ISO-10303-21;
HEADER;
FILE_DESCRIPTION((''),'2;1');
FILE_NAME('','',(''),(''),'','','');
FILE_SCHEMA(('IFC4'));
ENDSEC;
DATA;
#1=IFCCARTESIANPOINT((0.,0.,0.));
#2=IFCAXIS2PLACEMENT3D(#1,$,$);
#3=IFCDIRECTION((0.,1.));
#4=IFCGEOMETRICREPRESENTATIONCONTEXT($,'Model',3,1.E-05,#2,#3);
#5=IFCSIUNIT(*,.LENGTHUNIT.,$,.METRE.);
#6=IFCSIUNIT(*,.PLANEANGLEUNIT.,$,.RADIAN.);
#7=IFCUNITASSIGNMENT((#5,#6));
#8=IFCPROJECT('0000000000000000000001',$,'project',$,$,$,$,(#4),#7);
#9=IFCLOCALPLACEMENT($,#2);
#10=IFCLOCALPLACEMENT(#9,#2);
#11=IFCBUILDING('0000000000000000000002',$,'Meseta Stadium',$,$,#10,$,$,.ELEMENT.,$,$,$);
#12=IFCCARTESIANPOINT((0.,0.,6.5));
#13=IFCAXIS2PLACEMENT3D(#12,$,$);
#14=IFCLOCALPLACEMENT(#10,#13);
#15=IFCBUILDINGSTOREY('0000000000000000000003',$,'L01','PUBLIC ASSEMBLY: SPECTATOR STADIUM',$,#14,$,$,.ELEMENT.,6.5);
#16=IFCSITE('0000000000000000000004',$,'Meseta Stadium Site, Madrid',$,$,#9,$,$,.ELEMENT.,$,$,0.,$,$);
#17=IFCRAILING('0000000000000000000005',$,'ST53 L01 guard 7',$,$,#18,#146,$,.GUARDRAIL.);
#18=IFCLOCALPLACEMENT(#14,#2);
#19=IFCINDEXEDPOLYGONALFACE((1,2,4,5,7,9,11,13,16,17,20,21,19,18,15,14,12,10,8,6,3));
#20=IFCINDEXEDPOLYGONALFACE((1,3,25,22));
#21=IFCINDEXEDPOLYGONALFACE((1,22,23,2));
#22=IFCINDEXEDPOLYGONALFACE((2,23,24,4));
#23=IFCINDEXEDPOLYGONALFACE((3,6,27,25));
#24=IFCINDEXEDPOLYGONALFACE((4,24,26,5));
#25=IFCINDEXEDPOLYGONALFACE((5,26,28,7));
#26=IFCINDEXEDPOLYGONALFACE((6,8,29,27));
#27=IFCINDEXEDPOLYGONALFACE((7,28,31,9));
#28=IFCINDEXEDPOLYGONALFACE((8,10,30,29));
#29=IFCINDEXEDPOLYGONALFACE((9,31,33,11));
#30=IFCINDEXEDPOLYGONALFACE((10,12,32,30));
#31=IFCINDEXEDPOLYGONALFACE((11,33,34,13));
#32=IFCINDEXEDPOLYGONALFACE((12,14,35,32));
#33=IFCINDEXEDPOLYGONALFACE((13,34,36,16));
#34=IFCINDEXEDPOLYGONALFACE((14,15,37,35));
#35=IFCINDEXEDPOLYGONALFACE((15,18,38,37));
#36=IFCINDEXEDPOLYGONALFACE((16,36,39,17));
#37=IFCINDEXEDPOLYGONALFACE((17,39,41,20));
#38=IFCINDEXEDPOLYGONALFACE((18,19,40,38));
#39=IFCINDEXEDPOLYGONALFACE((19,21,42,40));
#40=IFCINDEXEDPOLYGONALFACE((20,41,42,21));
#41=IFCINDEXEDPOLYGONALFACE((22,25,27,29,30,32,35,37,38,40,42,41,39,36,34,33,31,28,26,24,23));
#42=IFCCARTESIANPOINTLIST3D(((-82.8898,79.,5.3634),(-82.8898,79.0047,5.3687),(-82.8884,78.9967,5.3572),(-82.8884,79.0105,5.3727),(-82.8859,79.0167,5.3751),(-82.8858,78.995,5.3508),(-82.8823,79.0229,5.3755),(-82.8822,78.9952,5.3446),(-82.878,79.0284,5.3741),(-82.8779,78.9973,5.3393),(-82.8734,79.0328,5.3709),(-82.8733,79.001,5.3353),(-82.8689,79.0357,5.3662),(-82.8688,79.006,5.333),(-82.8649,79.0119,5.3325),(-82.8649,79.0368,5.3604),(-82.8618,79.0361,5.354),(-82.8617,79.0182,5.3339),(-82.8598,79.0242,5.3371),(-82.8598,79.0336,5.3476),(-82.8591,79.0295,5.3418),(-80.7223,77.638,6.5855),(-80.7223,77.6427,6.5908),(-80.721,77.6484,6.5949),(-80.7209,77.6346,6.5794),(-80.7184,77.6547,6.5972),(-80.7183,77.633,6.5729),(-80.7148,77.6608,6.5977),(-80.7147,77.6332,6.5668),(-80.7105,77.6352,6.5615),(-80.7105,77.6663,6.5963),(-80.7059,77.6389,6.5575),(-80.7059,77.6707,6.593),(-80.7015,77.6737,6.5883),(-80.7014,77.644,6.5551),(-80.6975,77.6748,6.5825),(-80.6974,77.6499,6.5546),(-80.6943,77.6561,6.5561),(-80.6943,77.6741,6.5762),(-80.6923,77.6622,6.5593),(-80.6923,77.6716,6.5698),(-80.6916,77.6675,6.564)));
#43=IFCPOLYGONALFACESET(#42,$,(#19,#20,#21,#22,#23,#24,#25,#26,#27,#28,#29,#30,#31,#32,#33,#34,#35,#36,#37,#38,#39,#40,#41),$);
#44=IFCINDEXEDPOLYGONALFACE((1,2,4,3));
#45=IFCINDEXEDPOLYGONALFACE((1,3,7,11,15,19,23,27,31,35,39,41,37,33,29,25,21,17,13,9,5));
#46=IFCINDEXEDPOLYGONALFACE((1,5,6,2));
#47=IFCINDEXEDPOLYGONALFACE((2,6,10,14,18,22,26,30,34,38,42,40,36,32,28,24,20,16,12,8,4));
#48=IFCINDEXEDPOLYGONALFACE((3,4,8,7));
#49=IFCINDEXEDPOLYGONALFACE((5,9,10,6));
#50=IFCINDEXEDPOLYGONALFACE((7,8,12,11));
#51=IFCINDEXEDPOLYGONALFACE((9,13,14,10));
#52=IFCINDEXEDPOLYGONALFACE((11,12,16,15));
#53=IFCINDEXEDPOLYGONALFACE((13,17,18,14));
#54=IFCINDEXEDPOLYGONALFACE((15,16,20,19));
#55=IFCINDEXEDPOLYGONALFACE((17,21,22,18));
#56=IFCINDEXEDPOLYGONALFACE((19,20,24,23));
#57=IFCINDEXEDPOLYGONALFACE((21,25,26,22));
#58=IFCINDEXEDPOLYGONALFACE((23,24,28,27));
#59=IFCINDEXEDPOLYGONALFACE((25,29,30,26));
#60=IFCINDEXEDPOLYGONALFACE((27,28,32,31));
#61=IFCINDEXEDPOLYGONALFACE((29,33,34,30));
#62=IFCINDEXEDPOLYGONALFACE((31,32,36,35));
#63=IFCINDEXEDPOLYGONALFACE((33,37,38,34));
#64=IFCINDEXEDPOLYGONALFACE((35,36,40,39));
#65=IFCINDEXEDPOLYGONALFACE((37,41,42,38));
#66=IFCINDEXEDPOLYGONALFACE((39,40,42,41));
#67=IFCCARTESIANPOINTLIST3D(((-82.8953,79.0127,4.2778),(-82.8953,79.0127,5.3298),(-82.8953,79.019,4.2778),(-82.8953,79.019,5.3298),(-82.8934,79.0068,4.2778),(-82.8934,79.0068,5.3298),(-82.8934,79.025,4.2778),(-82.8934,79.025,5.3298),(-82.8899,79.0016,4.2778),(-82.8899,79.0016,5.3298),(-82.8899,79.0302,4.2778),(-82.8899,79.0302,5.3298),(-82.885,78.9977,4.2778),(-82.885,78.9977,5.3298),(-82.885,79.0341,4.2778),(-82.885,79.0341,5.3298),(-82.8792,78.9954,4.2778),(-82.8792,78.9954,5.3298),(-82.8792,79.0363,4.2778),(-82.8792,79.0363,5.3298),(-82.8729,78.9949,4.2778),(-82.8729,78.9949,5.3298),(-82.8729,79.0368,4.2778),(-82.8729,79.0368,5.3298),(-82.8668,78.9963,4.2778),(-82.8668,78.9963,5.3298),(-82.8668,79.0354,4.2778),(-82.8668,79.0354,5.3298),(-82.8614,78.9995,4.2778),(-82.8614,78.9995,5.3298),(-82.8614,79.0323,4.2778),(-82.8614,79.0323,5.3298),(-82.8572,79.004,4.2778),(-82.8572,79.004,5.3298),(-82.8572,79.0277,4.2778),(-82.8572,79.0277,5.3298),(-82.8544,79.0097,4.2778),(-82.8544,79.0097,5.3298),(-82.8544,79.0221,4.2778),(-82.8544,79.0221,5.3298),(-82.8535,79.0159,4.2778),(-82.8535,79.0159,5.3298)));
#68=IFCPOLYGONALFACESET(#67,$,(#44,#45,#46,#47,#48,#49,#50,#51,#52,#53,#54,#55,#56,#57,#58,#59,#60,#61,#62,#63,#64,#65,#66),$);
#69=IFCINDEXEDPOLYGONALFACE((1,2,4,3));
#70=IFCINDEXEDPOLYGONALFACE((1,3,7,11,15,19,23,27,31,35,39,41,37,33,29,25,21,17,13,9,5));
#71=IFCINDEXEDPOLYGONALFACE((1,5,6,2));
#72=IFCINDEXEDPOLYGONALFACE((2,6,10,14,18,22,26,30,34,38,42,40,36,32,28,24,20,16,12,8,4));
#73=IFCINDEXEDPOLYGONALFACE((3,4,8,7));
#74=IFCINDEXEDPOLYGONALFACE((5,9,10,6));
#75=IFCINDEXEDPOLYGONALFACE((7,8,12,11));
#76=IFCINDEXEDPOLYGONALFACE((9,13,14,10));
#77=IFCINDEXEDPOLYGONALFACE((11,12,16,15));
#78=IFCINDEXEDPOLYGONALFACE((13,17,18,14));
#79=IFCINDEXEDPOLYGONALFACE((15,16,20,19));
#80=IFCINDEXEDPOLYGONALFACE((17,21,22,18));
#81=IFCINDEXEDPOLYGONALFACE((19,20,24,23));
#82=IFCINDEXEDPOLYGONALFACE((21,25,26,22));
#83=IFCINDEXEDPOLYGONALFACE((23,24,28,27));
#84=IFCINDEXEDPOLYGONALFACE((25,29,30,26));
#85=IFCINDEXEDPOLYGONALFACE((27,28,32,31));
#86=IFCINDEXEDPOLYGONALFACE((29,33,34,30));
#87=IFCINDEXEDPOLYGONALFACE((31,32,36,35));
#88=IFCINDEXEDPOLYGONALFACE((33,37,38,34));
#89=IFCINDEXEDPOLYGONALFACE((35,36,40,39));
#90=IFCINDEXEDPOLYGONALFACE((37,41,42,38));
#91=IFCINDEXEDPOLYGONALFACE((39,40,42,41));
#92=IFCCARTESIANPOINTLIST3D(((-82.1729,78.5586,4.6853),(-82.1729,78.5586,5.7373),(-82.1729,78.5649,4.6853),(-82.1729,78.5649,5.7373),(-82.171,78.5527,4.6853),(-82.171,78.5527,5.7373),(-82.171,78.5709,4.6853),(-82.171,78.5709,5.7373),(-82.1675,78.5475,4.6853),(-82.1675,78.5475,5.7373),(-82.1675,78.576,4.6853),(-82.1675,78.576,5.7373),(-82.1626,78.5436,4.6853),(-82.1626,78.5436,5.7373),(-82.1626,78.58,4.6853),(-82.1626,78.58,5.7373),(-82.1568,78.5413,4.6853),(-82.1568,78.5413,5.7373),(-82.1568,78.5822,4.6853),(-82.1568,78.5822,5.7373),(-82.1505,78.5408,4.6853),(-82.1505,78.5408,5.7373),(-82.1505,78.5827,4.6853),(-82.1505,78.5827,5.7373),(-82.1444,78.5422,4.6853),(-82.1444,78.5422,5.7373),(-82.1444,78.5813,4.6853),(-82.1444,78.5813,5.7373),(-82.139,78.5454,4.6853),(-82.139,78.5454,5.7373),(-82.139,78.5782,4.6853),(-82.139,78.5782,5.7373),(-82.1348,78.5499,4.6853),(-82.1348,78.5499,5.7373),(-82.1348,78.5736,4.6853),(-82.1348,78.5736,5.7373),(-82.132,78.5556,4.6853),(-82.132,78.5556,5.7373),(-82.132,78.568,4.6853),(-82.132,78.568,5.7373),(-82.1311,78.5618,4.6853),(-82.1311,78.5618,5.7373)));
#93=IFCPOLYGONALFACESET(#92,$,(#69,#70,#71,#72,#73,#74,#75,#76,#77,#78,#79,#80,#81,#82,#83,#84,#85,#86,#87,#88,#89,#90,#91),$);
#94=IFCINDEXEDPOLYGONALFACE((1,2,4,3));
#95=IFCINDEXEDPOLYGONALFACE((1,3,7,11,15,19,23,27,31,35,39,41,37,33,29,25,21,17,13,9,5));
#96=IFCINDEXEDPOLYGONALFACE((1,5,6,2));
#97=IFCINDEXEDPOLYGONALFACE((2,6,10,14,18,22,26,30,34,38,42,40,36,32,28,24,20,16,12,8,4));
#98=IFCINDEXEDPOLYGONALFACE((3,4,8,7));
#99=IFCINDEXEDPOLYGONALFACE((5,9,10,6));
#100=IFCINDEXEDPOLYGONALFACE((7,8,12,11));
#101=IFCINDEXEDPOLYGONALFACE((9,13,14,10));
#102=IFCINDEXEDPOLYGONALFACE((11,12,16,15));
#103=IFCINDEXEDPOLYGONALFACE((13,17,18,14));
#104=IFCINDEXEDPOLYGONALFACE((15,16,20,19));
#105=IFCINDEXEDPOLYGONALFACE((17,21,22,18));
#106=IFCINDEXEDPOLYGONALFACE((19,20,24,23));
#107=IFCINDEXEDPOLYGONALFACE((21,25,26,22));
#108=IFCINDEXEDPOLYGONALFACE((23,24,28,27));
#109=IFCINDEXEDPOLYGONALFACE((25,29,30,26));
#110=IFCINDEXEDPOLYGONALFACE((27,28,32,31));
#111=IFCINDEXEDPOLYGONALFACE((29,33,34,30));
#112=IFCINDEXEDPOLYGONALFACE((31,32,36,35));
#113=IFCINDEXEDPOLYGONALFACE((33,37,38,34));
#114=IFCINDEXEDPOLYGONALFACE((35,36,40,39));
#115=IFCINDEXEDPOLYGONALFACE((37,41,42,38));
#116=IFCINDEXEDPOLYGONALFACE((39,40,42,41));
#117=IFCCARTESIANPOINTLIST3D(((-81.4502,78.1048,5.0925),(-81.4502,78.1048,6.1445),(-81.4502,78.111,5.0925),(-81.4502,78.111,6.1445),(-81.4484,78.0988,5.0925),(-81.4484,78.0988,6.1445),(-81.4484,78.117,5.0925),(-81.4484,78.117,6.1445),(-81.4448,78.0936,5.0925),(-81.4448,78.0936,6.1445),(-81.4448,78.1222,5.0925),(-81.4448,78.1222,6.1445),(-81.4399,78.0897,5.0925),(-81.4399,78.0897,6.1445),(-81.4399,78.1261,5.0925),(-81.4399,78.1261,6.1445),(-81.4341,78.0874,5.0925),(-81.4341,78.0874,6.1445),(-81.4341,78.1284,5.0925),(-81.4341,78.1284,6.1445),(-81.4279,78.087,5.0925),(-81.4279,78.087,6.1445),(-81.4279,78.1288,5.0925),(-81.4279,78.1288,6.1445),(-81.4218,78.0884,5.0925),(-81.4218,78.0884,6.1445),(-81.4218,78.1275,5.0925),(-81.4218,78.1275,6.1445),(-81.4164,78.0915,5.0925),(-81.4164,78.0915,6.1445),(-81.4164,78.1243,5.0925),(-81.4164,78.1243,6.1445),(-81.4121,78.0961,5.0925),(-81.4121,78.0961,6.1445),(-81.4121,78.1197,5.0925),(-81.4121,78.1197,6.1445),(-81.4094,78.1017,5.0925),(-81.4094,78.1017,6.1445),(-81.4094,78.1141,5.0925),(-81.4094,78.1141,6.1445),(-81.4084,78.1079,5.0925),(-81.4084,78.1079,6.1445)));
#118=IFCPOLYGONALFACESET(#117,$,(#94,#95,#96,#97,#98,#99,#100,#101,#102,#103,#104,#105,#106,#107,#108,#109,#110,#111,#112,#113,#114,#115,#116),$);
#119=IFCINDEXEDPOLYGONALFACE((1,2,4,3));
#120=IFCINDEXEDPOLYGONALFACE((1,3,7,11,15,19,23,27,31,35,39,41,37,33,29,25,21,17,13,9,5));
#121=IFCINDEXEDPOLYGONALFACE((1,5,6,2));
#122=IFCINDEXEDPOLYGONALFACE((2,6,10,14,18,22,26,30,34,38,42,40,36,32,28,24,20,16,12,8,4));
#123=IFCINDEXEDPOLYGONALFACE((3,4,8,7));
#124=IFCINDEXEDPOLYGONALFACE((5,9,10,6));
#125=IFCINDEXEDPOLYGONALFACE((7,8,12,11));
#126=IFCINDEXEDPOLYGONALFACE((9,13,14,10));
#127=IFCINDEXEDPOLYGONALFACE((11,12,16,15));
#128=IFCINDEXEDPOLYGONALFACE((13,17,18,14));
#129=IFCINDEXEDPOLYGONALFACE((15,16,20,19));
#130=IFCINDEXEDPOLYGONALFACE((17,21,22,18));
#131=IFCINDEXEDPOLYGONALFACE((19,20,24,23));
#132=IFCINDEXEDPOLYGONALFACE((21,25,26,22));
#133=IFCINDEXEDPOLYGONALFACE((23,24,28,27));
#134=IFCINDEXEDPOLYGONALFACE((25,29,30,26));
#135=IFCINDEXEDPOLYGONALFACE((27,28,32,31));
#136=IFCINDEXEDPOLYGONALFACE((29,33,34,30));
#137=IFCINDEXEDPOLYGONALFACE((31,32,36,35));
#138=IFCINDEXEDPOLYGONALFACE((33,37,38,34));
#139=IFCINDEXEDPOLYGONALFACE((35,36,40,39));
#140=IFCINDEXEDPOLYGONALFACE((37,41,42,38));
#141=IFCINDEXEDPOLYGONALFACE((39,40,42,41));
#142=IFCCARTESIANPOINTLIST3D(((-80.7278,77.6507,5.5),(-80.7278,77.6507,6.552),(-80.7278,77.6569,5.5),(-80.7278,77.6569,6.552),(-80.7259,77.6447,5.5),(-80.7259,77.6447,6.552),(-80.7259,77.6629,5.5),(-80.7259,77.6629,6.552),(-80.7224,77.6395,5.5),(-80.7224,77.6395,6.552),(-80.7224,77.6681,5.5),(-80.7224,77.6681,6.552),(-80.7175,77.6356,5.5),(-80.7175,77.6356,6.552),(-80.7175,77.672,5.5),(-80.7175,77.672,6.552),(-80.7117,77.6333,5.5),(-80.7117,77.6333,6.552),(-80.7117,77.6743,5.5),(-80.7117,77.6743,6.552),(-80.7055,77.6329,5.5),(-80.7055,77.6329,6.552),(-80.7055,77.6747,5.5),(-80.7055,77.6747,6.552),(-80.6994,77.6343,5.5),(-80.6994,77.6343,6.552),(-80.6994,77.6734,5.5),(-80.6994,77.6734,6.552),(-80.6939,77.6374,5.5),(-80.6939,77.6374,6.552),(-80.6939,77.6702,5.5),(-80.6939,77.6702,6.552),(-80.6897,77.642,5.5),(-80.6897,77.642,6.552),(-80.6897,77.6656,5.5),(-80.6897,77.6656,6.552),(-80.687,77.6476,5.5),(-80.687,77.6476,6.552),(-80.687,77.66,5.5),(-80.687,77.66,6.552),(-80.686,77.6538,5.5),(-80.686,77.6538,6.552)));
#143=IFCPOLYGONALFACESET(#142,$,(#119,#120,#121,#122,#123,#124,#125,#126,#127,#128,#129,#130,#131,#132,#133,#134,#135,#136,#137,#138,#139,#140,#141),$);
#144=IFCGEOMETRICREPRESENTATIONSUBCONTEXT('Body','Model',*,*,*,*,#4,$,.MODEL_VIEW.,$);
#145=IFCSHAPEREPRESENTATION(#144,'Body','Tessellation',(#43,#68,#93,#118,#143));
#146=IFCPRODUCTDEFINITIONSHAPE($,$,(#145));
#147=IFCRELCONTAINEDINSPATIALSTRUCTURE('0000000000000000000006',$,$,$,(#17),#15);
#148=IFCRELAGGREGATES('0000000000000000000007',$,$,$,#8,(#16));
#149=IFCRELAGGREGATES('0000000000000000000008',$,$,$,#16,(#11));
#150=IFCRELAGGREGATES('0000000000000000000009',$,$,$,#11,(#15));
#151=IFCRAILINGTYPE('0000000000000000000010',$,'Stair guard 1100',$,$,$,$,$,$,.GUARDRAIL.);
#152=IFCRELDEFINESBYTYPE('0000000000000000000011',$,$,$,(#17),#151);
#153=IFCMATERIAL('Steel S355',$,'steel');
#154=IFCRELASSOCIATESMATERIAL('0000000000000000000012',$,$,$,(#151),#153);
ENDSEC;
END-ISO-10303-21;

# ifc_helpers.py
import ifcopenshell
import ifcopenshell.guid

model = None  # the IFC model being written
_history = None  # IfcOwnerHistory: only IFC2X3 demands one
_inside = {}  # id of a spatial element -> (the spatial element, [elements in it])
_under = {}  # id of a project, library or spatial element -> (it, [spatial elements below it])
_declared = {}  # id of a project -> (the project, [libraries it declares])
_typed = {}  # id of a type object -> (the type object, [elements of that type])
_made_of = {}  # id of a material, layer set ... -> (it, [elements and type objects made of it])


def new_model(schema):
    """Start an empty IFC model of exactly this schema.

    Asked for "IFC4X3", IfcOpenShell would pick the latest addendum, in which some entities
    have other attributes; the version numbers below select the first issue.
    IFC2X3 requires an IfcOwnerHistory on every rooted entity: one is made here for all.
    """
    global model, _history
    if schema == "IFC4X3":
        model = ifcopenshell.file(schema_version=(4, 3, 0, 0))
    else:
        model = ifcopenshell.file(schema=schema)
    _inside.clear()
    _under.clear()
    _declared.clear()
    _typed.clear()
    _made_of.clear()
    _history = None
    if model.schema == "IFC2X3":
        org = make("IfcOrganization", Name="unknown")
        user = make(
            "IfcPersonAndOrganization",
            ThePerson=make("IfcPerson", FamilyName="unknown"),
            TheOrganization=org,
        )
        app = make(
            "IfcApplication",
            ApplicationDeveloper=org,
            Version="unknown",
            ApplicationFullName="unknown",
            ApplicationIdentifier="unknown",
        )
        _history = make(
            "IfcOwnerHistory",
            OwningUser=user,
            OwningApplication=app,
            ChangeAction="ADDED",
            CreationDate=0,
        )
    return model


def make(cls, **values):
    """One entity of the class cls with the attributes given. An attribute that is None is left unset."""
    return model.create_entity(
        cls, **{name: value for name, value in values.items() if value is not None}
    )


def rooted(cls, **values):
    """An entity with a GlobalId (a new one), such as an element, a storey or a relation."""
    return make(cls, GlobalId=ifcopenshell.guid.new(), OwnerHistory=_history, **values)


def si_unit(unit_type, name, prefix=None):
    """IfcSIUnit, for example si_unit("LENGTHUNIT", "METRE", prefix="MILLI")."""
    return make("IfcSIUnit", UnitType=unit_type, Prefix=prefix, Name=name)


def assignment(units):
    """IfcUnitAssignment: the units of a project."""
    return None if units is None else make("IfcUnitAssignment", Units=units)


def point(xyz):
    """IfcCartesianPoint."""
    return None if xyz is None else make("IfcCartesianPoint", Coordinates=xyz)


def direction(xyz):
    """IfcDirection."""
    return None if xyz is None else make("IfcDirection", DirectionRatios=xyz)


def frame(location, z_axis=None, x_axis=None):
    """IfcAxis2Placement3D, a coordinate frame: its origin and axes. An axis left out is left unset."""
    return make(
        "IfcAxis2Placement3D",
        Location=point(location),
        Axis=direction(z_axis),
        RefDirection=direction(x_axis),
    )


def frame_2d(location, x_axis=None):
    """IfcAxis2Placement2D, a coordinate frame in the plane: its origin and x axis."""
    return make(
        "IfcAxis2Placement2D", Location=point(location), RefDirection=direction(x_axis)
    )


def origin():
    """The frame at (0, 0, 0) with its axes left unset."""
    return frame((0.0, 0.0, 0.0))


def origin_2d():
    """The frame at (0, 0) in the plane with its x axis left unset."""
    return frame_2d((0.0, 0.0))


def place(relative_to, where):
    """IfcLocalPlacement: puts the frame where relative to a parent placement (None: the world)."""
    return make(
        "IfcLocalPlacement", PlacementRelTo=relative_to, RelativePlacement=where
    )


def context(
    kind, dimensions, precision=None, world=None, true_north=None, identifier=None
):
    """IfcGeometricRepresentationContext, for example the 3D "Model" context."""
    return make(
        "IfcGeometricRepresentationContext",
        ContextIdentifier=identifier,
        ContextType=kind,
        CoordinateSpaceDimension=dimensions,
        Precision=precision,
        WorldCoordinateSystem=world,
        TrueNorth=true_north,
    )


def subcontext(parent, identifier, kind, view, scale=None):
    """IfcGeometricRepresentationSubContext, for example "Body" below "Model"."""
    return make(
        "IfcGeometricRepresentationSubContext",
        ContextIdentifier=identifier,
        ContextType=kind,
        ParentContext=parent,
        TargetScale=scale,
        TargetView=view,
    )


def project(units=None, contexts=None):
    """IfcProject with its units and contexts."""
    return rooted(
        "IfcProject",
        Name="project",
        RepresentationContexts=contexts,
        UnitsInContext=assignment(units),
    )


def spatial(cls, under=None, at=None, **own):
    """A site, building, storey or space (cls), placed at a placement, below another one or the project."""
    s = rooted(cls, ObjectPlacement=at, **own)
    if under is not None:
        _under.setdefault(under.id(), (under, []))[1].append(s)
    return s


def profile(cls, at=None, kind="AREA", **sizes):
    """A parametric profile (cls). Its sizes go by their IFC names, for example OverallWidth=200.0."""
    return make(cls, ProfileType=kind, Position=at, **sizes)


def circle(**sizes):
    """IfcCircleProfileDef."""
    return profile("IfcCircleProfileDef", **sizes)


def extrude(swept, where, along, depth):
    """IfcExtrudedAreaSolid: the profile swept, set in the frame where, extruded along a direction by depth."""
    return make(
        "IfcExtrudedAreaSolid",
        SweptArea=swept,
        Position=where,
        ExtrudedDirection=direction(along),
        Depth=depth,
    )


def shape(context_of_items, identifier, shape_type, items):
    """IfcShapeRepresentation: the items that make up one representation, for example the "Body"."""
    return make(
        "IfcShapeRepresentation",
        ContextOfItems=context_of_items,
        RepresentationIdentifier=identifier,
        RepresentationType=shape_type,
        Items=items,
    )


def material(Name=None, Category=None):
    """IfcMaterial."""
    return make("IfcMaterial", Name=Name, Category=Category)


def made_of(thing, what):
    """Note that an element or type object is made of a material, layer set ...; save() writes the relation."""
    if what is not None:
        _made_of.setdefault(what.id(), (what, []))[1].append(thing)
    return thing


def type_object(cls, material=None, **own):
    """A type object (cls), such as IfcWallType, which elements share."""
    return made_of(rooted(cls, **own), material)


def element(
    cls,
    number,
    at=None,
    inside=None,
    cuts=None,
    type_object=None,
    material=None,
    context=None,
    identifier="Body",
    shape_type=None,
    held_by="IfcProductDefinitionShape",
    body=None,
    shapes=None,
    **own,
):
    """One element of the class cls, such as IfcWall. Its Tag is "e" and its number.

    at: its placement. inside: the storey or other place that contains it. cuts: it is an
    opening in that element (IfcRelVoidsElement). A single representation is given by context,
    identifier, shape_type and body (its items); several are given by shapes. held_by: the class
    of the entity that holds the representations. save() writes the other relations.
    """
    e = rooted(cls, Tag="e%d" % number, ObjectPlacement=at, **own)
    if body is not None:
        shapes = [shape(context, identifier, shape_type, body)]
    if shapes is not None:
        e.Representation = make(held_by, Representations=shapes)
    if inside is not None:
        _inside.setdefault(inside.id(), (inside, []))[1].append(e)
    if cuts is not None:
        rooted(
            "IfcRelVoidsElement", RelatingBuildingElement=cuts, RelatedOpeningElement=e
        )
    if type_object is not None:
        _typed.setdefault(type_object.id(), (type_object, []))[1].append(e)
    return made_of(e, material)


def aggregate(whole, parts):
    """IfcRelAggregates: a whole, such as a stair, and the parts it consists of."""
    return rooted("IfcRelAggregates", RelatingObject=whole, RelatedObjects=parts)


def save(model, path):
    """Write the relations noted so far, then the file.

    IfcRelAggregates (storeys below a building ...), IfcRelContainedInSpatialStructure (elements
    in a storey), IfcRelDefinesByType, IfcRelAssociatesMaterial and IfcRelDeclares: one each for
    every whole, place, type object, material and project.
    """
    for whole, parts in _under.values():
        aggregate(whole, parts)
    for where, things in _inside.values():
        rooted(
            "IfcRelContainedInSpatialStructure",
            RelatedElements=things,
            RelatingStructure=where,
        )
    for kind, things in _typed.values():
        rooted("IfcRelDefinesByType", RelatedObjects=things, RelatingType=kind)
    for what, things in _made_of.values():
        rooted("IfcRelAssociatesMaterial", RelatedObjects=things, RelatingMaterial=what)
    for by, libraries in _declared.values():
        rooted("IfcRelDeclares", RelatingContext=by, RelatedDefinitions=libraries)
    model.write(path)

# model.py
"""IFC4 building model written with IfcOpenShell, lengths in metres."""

from ifc_helpers import new_model, si_unit, direction, frame, origin, origin_2d, place, context, subcontext, project, spatial, circle, extrude, material, type_object, element, save


model = new_model("IFC4")

# Units and contexts
model_context = context("Model", 3, precision=1e-05, world=origin(), true_north=direction((0.0, 1.0)))
body_context = subcontext(model_context, "Body", "Model", "MODEL_VIEW")
ifc_project = project(units=[si_unit("LENGTHUNIT", "METRE"), si_unit("PLANEANGLEUNIT", "RADIAN")], contexts=[model_context])

# Site, building, storey
site_placement = place(None, origin())
site = spatial("IfcSite", under=ifc_project, at=site_placement, Name="Meseta Stadium Site, Madrid", CompositionType="ELEMENT", RefElevation=0.0)
building_placement = place(site_placement, origin())
building = spatial("IfcBuilding", under=site, at=building_placement, Name="Meseta Stadium", CompositionType="ELEMENT")
storey_placement = place(building_placement, frame((0.0, 0.0, 6.5)))
storey = spatial("IfcBuildingStorey", under=building, at=storey_placement, Name="L01", Description="PUBLIC ASSEMBLY: SPECTATOR STADIUM", CompositionType="ELEMENT", Elevation=6.5)

# Railing
ifc_material_1 = material(Name="Steel S355", Category="steel")
railing_type_1 = type_object("IfcRailingType", Name="Stair guard 1100", PredefinedType="GUARDRAIL", material=ifc_material_1)
railing_1_placement = place(storey_placement, frame((-82.8745, 79.0159, 4.2778)))
element("IfcRailing", 1, at=railing_1_placement, inside=storey, type_object=railing_type_1, Name="ST53 L01 guard 7", PredefinedType="GUARDRAIL", context=body_context, shape_type="SweptSolid", body=[
    extrude(circle(Radius=0.0239, at=origin_2d()), frame((0.0, 0.0, 1.0762), z_axis=(0.764085, -0.480156, 0.430841), x_axis=(0.532072, 0.846699, 0.0)), (0.0, 0.0, 1.0), 2.8367),
    extrude(circle(Radius=0.021, at=origin_2d()), origin(), (0.0, 0.0, 1.0), 1.052),
    extrude(circle(Radius=0.021, at=origin_2d()), frame((0.7224, -0.4541, 0.4075)), (0.0, 0.0, 1.0), 1.052),
    extrude(circle(Radius=0.021, at=origin_2d()), frame((1.4451, -0.908, 0.8147)), (0.0, 0.0, 1.0), 1.052),
    extrude(circle(Radius=0.021, at=origin_2d()), frame((2.1675, -1.3621, 1.2222)), (0.0, 0.0, 1.0), 1.052),
])

save(model, "model.ifc")
